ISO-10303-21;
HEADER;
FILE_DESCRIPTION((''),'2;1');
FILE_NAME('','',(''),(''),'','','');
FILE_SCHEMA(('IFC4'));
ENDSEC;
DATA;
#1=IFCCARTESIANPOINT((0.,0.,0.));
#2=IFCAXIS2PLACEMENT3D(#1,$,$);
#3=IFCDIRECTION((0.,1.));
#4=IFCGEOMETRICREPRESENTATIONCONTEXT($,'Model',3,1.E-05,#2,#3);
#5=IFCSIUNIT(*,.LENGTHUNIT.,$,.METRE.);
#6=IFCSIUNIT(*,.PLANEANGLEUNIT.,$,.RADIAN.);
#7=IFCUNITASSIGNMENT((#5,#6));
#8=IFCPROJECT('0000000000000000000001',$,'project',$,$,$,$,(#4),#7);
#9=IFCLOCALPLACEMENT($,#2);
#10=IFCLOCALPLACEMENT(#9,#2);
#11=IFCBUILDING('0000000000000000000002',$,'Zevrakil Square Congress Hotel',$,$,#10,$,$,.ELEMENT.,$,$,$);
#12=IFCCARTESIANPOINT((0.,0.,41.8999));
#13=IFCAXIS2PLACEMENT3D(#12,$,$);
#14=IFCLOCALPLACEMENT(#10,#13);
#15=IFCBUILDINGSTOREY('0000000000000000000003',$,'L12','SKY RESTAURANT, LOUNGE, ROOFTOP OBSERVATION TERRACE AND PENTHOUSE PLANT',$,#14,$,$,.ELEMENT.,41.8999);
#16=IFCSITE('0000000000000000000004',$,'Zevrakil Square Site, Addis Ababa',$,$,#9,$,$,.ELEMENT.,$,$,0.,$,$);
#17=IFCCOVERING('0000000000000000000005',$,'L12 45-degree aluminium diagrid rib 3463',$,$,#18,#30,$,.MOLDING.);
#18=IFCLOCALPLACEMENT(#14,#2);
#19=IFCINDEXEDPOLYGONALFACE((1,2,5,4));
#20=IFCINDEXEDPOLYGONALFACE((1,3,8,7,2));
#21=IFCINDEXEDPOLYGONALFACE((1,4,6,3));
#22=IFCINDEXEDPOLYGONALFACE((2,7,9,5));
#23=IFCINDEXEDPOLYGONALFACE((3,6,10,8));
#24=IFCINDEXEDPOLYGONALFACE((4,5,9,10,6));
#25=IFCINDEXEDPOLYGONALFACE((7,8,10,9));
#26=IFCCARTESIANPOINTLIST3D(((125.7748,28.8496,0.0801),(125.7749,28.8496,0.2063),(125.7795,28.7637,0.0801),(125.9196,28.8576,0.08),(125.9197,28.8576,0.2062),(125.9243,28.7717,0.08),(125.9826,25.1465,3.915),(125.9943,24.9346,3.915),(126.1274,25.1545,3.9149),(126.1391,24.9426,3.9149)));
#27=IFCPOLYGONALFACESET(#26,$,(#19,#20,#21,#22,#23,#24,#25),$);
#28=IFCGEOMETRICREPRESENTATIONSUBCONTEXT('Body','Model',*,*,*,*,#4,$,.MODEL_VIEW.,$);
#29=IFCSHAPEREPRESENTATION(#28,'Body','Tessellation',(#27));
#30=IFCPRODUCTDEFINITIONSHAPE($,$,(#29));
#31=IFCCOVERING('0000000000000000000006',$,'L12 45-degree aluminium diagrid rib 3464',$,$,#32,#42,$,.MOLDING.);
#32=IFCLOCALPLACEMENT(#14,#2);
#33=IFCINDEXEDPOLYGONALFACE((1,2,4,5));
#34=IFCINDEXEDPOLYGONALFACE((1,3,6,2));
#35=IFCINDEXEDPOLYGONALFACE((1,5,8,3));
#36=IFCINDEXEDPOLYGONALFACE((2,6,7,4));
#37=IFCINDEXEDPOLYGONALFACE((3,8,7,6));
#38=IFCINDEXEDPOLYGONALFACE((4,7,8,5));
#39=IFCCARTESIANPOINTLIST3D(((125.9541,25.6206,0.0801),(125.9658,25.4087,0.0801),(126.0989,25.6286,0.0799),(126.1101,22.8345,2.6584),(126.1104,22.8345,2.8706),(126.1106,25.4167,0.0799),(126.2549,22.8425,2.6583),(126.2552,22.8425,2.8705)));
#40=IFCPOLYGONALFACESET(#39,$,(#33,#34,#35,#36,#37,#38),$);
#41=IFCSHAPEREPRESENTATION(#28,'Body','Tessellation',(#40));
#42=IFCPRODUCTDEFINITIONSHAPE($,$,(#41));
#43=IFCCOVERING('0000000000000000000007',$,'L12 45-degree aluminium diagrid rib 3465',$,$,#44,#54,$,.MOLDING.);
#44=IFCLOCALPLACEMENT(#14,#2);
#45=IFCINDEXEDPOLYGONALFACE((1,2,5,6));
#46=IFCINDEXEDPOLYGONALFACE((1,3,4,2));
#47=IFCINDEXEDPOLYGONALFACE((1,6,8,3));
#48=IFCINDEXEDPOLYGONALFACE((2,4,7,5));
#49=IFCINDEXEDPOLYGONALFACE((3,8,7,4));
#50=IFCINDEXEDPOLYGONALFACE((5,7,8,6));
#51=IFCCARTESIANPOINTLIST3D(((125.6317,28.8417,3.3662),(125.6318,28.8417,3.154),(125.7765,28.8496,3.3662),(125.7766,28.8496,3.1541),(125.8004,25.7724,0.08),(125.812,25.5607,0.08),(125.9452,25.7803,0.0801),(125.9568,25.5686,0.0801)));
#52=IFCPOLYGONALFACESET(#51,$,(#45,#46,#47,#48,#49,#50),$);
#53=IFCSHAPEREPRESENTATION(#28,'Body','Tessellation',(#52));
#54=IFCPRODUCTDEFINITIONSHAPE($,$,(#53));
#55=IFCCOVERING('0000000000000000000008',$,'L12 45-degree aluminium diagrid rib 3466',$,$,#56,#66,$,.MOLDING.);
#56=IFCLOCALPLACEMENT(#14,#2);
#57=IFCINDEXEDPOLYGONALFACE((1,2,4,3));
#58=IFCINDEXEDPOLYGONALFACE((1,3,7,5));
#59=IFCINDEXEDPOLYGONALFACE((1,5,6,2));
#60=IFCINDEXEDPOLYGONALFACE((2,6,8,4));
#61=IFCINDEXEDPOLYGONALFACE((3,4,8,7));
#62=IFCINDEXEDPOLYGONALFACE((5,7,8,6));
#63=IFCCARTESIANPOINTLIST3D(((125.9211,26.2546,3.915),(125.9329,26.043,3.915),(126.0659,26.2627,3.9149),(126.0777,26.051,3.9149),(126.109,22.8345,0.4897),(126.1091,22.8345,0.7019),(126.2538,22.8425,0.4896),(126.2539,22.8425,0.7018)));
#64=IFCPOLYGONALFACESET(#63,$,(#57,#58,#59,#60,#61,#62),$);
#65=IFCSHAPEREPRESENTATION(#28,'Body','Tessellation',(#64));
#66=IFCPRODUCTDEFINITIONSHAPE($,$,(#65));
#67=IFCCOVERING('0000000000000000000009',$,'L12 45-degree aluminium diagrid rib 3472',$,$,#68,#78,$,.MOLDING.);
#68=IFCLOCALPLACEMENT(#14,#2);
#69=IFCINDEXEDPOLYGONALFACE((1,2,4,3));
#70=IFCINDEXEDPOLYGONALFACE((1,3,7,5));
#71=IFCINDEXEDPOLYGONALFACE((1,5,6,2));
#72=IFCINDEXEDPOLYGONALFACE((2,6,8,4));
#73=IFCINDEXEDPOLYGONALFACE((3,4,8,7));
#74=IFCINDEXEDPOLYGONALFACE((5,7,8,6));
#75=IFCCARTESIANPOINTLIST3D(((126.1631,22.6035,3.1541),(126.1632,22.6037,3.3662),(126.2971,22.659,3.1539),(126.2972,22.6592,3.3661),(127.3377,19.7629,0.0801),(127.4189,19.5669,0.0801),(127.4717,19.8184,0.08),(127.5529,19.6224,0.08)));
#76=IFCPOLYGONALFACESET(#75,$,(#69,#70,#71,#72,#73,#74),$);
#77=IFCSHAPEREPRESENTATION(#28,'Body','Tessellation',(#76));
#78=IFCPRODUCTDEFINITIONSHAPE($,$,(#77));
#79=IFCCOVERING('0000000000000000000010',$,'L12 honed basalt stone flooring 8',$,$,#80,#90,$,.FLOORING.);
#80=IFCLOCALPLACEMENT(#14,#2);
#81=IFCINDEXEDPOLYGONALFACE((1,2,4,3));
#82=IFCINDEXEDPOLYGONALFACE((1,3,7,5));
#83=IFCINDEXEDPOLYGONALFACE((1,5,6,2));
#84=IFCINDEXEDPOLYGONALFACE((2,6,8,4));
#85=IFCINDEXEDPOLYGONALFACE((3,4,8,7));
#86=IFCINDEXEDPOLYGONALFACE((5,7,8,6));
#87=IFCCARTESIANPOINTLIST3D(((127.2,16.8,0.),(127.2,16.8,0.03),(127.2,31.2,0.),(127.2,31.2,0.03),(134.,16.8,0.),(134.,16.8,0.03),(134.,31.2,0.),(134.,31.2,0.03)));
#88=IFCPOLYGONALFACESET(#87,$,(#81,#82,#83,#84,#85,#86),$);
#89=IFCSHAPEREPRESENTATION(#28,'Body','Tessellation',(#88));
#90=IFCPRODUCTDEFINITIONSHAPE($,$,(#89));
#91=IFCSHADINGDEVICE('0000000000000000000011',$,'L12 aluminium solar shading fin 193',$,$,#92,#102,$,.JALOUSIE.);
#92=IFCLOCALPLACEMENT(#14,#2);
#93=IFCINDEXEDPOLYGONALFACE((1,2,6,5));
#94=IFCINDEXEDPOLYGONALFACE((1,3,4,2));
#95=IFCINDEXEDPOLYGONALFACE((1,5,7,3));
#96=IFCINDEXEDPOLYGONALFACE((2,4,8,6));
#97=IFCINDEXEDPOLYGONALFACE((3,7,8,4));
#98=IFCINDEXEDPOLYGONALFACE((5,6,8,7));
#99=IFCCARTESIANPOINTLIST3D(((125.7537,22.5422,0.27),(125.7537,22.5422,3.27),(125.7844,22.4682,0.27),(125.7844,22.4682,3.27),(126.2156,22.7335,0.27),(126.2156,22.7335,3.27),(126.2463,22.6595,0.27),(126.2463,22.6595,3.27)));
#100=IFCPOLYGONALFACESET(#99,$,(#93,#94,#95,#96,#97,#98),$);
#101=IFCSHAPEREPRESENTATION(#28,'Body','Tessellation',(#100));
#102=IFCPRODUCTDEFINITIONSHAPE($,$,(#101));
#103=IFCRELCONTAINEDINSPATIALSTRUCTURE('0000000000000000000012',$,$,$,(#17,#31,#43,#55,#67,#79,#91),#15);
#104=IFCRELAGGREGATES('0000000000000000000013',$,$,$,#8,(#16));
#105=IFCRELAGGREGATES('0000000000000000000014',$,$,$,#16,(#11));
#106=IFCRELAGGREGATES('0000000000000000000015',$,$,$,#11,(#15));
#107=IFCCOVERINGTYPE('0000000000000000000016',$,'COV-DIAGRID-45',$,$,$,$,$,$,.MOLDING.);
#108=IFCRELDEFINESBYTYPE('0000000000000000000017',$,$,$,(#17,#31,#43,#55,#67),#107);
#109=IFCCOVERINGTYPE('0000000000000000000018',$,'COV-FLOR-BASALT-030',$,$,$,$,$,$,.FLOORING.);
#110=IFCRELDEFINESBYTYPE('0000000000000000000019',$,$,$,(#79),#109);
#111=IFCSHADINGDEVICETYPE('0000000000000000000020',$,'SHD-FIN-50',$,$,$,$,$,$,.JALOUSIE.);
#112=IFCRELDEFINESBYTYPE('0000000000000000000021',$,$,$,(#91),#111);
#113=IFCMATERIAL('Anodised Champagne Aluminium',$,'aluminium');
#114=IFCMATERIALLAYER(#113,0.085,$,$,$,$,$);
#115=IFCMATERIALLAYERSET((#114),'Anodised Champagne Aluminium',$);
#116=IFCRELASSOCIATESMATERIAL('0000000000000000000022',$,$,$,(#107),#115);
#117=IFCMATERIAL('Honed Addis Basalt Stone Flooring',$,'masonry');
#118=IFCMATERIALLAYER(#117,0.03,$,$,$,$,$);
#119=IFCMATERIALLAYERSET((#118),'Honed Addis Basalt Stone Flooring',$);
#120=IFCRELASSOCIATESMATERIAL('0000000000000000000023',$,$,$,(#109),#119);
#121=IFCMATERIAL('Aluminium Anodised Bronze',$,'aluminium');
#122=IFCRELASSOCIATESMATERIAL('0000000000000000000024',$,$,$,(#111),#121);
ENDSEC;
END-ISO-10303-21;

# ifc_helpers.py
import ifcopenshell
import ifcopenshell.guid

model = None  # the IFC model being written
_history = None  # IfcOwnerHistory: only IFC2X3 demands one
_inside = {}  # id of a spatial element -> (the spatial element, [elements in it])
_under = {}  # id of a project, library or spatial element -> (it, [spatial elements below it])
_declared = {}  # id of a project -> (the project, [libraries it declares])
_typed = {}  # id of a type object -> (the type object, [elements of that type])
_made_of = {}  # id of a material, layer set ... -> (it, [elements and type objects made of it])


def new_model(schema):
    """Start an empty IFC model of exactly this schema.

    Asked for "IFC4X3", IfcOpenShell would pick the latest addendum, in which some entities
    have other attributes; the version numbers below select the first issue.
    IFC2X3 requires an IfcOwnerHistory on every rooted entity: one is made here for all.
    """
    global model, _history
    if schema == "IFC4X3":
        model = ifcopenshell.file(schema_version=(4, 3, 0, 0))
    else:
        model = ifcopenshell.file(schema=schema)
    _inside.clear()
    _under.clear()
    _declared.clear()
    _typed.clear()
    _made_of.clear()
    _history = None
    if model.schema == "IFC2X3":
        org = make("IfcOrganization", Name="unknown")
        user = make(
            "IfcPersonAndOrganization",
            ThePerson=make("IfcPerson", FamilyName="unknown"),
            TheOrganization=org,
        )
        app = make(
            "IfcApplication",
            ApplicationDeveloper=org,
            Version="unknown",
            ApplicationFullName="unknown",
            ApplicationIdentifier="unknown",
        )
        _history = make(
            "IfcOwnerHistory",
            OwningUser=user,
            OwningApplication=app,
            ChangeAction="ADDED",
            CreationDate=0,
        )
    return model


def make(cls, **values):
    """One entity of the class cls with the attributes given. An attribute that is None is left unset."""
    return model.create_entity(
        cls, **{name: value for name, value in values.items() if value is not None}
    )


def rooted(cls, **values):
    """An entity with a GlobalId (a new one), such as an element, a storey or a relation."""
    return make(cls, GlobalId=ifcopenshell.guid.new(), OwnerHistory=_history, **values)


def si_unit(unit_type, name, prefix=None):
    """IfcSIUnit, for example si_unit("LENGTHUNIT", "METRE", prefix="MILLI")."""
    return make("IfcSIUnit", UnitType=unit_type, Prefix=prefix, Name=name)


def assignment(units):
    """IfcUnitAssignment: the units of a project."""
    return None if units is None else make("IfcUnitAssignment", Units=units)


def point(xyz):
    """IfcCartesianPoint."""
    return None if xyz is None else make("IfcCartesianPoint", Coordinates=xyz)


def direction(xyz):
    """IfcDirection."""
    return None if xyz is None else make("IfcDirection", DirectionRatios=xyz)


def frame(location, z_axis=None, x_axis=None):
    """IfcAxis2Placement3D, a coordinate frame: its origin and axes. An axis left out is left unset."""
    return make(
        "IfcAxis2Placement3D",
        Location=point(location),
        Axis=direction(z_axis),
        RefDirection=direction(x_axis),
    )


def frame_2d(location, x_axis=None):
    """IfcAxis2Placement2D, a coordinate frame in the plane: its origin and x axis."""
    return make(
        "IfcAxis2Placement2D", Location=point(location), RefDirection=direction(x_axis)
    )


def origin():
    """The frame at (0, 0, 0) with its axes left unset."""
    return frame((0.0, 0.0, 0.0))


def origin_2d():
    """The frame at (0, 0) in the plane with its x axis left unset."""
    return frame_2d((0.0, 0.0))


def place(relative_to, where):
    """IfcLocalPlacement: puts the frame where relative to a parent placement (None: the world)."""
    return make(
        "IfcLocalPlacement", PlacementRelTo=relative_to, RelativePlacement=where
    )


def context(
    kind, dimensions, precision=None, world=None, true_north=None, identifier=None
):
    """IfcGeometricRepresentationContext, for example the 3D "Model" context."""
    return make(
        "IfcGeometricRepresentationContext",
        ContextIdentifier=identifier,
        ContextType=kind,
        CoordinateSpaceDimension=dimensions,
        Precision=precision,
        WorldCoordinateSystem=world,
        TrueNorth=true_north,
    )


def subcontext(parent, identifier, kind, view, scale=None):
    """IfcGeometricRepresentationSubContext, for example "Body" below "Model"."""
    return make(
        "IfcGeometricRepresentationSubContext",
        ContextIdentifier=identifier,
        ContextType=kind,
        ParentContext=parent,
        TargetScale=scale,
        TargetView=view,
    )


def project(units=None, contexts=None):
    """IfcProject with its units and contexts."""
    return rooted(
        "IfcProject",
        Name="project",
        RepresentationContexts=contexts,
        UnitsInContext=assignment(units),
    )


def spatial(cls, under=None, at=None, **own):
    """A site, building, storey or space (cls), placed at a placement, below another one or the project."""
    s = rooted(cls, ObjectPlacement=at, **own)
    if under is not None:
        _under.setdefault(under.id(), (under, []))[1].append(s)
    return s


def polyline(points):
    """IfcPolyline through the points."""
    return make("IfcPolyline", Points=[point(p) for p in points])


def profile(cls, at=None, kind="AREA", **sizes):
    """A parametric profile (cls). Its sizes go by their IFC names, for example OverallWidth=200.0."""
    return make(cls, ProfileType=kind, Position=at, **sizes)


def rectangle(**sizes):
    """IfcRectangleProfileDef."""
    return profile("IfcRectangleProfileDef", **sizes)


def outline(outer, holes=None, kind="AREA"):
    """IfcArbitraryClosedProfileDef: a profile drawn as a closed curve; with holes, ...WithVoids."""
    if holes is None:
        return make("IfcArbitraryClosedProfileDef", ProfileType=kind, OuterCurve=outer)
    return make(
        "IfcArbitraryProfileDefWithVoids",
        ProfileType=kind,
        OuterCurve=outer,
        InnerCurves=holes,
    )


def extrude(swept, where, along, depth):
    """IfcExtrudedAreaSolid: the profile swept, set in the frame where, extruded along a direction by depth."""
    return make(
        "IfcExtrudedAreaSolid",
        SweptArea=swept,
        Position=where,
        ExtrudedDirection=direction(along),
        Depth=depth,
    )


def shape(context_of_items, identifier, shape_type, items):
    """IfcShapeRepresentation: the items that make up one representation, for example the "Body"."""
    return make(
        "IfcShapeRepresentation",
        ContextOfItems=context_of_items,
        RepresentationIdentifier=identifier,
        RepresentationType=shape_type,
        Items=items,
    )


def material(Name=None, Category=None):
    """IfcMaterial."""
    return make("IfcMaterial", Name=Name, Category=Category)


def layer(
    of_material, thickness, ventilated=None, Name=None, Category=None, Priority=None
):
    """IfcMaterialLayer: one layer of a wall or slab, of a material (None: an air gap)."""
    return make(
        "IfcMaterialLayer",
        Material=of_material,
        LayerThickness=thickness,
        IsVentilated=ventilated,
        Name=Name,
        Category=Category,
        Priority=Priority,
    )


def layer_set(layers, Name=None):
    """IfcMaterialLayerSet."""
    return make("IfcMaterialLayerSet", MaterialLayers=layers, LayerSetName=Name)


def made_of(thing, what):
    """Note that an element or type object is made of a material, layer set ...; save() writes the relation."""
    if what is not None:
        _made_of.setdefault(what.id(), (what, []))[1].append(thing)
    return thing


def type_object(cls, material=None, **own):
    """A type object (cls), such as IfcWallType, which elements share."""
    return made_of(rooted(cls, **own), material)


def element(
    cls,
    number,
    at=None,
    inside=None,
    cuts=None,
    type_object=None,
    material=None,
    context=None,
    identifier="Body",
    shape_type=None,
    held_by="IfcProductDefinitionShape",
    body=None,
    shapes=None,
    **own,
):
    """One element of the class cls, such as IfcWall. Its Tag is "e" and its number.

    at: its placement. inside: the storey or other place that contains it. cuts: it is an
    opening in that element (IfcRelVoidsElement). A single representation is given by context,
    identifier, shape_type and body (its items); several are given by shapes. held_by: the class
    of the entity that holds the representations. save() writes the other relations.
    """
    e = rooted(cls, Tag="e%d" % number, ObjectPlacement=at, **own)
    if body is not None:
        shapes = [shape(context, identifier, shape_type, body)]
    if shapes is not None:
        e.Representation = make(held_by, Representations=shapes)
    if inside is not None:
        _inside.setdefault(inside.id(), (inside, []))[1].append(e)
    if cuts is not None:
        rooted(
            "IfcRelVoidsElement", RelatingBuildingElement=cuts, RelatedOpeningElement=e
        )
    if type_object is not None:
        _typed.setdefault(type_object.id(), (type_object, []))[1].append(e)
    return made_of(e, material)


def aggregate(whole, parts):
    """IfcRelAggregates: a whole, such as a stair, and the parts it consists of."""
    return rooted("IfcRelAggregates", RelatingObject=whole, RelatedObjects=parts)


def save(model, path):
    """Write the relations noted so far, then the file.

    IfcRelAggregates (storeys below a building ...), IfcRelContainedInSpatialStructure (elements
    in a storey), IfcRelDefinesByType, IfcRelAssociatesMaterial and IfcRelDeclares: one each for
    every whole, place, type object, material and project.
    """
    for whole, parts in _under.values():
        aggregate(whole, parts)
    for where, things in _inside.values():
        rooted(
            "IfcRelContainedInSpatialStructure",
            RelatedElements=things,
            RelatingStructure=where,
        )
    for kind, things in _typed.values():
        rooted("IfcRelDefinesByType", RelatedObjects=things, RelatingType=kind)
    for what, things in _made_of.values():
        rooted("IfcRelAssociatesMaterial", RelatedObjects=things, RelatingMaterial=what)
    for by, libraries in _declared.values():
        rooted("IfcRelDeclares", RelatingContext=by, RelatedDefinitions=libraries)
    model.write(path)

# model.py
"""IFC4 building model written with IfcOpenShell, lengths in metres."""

from ifc_helpers import new_model, si_unit, direction, frame, origin, origin_2d, place, context, subcontext, project, spatial, polyline, rectangle, outline, extrude, material, layer, layer_set, type_object, element, save


model = new_model("IFC4")

# Units and contexts
model_context = context("Model", 3, precision=1e-05, world=origin(), true_north=direction((0.0, 1.0)))
body_context = subcontext(model_context, "Body", "Model", "MODEL_VIEW")
ifc_project = project(units=[si_unit("LENGTHUNIT", "METRE"), si_unit("PLANEANGLEUNIT", "RADIAN")], contexts=[model_context])

# Site, building, storey
site_placement = place(None, origin())
site = spatial("IfcSite", under=ifc_project, at=site_placement, Name="Zevrakil Square Site, Addis Ababa", CompositionType="ELEMENT", RefElevation=0.0)
building_placement = place(site_placement, origin())
building = spatial("IfcBuilding", under=site, at=building_placement, Name="Zevrakil Square Congress Hotel", CompositionType="ELEMENT")
storey_placement = place(building_placement, frame((0.0, 0.0, 41.8999)))
storey = spatial("IfcBuildingStorey", under=building, at=storey_placement, Name="L12", Description="SKY RESTAURANT, LOUNGE, ROOFTOP OBSERVATION TERRACE AND PENTHOUSE PLANT", CompositionType="ELEMENT", Elevation=41.8999)

# Coverings
ifc_material_1 = material(Name="Anodised Champagne Aluminium", Category="aluminium")
ifc_layer_1 = layer(ifc_material_1, 0.085)
ifc_layer_set_1 = layer_set([ifc_layer_1], Name="Anodised Champagne Aluminium")
covering_type_1 = type_object("IfcCoveringType", Name="COV-DIAGRID-45", PredefinedType="MOLDING", material=ifc_layer_set_1)
covering_1_placement = place(storey_placement, frame((125.7795, 28.7637, 0.0801), z_axis=(-0.998476, -0.055178, 0.000827), x_axis=(-0.055178, 0.998477, 0.000001)))
element("IfcCovering", 1, at=covering_1_placement, inside=storey, type_object=covering_type_1, Name="L12 45-degree aluminium diagrid rib 3463", PredefinedType="MOLDING", context=body_context, shape_type="SweptSolid", body=[
    extrude(outline(polyline([(0.0, 0.0), (0.0861, 0.0), (0.0861, -0.1262), (-3.6229, -3.835), (-3.8351, -3.835), (0.0, 0.0)])), origin(), (0.0, 0.0, -1.0), 0.145),
])
covering_2_placement = place(storey_placement, frame((125.9658, 25.4087, 0.0801), z_axis=(-0.998485, -0.055023, 0.000957), x_axis=(-0.055023, 0.998485, 0.0)))
element("IfcCovering", 2, at=covering_2_placement, inside=storey, type_object=covering_type_1, Name="L12 45-degree aluminium diagrid rib 3464", PredefinedType="MOLDING", context=body_context, shape_type="SweptSolid", body=[
    extrude(outline(polyline([(0.0, 0.0), (0.2122, 0.0), (-2.5783, -2.7905), (-2.5783, -2.5784), (0.0, 0.0)])), origin(), (0.0, 0.0, -1.0), 0.145),
])
covering_3_placement = place(storey_placement, frame((125.7766, 28.8496, 3.1541), z_axis=(0.998514, 0.054493, 0.000363), x_axis=(-0.000362, -0.00002, 1.0)))
element("IfcCovering", 3, at=covering_3_placement, inside=storey, type_object=covering_type_1, Name="L12 45-degree aluminium diagrid rib 3465", PredefinedType="MOLDING", context=body_context, shape_type="SweptSolid", body=[
    extrude(outline(polyline([(0.0, 0.0), (0.2122, 0.0), (-3.074, 3.2859), (-3.074, 3.074), (0.0, 0.0)])), origin(), (0.0, 0.0, -1.0), 0.145),
])
covering_4_placement = place(storey_placement, frame((125.9211, 26.2546, 3.915), z_axis=(-0.998451, -0.055629, 0.000798), x_axis=(0.055629, -0.998451, 0.0)))
element("IfcCovering", 4, at=covering_4_placement, inside=storey, type_object=covering_type_1, Name="L12 45-degree aluminium diagrid rib 3466", PredefinedType="MOLDING", context=body_context, shape_type="SweptSolid", body=[
    extrude(outline(polyline([(0.0, 0.0), (0.212, 0.0), (3.4253, -3.2131), (3.4253, -3.4253), (0.0, 0.0)])), origin(), (0.0, 0.0, -1.0), 0.145),
])
covering_5_placement = place(storey_placement, frame((126.1631, 22.6035, 3.1541), z_axis=(-0.92383, -0.382802, 0.000723), x_axis=(0.00043, 0.000852, 1.0)))
element("IfcCovering", 5, at=covering_5_placement, inside=storey, type_object=covering_type_1, Name="L12 45-degree aluminium diagrid rib 3472", PredefinedType="MOLDING", context=body_context, shape_type="SweptSolid", body=[
    extrude(outline(polyline([(0.0, 0.0), (0.2122, 0.0), (-3.076, -3.2842), (-3.0759, -3.072), (0.0, 0.0)])), origin(), (0.0, 0.0, -1.0), 0.145),
])
ifc_material_2 = material(Name="Honed Addis Basalt Stone Flooring", Category="masonry")
ifc_layer_2 = layer(ifc_material_2, 0.03)
ifc_layer_set_2 = layer_set([ifc_layer_2], Name="Honed Addis Basalt Stone Flooring")
covering_type_2 = type_object("IfcCoveringType", Name="COV-FLOR-BASALT-030", PredefinedType="FLOORING", material=ifc_layer_set_2)
covering_6_placement = place(storey_placement, origin())
element("IfcCovering", 6, at=covering_6_placement, inside=storey, type_object=covering_type_2, Name="L12 honed basalt stone flooring 8", PredefinedType="FLOORING", context=body_context, shape_type="SweptSolid", body=[
    extrude(outline(polyline([(127.2, 16.8), (134.0, 16.8), (134.0, 31.2), (127.2, 31.2), (127.2, 16.8)])), origin(), (0.0, 0.0, 1.0), 0.03),
])

# Shading device
ifc_material_3 = material(Name="Aluminium Anodised Bronze", Category="aluminium")
shading_device_type = type_object("IfcShadingDeviceType", Name="SHD-FIN-50", PredefinedType="JALOUSIE", material=ifc_material_3)
shading_device_placement = place(storey_placement, frame((126.0, 22.6008, 0.27), z_axis=(0.0, 0.0, 1.0), x_axis=(-0.92388, -0.382683, 0.0)))
element("IfcShadingDevice", 7, at=shading_device_placement, inside=storey, type_object=shading_device_type, Name="L12 aluminium solar shading fin 193", PredefinedType="JALOUSIE", context=body_context, shape_type="SweptSolid", body=[
    extrude(rectangle(XDim=0.5, YDim=0.0801, at=origin_2d()), origin(), (0.0, 0.0, 1.0), 3.0),
])

save(model, "model.ifc")
